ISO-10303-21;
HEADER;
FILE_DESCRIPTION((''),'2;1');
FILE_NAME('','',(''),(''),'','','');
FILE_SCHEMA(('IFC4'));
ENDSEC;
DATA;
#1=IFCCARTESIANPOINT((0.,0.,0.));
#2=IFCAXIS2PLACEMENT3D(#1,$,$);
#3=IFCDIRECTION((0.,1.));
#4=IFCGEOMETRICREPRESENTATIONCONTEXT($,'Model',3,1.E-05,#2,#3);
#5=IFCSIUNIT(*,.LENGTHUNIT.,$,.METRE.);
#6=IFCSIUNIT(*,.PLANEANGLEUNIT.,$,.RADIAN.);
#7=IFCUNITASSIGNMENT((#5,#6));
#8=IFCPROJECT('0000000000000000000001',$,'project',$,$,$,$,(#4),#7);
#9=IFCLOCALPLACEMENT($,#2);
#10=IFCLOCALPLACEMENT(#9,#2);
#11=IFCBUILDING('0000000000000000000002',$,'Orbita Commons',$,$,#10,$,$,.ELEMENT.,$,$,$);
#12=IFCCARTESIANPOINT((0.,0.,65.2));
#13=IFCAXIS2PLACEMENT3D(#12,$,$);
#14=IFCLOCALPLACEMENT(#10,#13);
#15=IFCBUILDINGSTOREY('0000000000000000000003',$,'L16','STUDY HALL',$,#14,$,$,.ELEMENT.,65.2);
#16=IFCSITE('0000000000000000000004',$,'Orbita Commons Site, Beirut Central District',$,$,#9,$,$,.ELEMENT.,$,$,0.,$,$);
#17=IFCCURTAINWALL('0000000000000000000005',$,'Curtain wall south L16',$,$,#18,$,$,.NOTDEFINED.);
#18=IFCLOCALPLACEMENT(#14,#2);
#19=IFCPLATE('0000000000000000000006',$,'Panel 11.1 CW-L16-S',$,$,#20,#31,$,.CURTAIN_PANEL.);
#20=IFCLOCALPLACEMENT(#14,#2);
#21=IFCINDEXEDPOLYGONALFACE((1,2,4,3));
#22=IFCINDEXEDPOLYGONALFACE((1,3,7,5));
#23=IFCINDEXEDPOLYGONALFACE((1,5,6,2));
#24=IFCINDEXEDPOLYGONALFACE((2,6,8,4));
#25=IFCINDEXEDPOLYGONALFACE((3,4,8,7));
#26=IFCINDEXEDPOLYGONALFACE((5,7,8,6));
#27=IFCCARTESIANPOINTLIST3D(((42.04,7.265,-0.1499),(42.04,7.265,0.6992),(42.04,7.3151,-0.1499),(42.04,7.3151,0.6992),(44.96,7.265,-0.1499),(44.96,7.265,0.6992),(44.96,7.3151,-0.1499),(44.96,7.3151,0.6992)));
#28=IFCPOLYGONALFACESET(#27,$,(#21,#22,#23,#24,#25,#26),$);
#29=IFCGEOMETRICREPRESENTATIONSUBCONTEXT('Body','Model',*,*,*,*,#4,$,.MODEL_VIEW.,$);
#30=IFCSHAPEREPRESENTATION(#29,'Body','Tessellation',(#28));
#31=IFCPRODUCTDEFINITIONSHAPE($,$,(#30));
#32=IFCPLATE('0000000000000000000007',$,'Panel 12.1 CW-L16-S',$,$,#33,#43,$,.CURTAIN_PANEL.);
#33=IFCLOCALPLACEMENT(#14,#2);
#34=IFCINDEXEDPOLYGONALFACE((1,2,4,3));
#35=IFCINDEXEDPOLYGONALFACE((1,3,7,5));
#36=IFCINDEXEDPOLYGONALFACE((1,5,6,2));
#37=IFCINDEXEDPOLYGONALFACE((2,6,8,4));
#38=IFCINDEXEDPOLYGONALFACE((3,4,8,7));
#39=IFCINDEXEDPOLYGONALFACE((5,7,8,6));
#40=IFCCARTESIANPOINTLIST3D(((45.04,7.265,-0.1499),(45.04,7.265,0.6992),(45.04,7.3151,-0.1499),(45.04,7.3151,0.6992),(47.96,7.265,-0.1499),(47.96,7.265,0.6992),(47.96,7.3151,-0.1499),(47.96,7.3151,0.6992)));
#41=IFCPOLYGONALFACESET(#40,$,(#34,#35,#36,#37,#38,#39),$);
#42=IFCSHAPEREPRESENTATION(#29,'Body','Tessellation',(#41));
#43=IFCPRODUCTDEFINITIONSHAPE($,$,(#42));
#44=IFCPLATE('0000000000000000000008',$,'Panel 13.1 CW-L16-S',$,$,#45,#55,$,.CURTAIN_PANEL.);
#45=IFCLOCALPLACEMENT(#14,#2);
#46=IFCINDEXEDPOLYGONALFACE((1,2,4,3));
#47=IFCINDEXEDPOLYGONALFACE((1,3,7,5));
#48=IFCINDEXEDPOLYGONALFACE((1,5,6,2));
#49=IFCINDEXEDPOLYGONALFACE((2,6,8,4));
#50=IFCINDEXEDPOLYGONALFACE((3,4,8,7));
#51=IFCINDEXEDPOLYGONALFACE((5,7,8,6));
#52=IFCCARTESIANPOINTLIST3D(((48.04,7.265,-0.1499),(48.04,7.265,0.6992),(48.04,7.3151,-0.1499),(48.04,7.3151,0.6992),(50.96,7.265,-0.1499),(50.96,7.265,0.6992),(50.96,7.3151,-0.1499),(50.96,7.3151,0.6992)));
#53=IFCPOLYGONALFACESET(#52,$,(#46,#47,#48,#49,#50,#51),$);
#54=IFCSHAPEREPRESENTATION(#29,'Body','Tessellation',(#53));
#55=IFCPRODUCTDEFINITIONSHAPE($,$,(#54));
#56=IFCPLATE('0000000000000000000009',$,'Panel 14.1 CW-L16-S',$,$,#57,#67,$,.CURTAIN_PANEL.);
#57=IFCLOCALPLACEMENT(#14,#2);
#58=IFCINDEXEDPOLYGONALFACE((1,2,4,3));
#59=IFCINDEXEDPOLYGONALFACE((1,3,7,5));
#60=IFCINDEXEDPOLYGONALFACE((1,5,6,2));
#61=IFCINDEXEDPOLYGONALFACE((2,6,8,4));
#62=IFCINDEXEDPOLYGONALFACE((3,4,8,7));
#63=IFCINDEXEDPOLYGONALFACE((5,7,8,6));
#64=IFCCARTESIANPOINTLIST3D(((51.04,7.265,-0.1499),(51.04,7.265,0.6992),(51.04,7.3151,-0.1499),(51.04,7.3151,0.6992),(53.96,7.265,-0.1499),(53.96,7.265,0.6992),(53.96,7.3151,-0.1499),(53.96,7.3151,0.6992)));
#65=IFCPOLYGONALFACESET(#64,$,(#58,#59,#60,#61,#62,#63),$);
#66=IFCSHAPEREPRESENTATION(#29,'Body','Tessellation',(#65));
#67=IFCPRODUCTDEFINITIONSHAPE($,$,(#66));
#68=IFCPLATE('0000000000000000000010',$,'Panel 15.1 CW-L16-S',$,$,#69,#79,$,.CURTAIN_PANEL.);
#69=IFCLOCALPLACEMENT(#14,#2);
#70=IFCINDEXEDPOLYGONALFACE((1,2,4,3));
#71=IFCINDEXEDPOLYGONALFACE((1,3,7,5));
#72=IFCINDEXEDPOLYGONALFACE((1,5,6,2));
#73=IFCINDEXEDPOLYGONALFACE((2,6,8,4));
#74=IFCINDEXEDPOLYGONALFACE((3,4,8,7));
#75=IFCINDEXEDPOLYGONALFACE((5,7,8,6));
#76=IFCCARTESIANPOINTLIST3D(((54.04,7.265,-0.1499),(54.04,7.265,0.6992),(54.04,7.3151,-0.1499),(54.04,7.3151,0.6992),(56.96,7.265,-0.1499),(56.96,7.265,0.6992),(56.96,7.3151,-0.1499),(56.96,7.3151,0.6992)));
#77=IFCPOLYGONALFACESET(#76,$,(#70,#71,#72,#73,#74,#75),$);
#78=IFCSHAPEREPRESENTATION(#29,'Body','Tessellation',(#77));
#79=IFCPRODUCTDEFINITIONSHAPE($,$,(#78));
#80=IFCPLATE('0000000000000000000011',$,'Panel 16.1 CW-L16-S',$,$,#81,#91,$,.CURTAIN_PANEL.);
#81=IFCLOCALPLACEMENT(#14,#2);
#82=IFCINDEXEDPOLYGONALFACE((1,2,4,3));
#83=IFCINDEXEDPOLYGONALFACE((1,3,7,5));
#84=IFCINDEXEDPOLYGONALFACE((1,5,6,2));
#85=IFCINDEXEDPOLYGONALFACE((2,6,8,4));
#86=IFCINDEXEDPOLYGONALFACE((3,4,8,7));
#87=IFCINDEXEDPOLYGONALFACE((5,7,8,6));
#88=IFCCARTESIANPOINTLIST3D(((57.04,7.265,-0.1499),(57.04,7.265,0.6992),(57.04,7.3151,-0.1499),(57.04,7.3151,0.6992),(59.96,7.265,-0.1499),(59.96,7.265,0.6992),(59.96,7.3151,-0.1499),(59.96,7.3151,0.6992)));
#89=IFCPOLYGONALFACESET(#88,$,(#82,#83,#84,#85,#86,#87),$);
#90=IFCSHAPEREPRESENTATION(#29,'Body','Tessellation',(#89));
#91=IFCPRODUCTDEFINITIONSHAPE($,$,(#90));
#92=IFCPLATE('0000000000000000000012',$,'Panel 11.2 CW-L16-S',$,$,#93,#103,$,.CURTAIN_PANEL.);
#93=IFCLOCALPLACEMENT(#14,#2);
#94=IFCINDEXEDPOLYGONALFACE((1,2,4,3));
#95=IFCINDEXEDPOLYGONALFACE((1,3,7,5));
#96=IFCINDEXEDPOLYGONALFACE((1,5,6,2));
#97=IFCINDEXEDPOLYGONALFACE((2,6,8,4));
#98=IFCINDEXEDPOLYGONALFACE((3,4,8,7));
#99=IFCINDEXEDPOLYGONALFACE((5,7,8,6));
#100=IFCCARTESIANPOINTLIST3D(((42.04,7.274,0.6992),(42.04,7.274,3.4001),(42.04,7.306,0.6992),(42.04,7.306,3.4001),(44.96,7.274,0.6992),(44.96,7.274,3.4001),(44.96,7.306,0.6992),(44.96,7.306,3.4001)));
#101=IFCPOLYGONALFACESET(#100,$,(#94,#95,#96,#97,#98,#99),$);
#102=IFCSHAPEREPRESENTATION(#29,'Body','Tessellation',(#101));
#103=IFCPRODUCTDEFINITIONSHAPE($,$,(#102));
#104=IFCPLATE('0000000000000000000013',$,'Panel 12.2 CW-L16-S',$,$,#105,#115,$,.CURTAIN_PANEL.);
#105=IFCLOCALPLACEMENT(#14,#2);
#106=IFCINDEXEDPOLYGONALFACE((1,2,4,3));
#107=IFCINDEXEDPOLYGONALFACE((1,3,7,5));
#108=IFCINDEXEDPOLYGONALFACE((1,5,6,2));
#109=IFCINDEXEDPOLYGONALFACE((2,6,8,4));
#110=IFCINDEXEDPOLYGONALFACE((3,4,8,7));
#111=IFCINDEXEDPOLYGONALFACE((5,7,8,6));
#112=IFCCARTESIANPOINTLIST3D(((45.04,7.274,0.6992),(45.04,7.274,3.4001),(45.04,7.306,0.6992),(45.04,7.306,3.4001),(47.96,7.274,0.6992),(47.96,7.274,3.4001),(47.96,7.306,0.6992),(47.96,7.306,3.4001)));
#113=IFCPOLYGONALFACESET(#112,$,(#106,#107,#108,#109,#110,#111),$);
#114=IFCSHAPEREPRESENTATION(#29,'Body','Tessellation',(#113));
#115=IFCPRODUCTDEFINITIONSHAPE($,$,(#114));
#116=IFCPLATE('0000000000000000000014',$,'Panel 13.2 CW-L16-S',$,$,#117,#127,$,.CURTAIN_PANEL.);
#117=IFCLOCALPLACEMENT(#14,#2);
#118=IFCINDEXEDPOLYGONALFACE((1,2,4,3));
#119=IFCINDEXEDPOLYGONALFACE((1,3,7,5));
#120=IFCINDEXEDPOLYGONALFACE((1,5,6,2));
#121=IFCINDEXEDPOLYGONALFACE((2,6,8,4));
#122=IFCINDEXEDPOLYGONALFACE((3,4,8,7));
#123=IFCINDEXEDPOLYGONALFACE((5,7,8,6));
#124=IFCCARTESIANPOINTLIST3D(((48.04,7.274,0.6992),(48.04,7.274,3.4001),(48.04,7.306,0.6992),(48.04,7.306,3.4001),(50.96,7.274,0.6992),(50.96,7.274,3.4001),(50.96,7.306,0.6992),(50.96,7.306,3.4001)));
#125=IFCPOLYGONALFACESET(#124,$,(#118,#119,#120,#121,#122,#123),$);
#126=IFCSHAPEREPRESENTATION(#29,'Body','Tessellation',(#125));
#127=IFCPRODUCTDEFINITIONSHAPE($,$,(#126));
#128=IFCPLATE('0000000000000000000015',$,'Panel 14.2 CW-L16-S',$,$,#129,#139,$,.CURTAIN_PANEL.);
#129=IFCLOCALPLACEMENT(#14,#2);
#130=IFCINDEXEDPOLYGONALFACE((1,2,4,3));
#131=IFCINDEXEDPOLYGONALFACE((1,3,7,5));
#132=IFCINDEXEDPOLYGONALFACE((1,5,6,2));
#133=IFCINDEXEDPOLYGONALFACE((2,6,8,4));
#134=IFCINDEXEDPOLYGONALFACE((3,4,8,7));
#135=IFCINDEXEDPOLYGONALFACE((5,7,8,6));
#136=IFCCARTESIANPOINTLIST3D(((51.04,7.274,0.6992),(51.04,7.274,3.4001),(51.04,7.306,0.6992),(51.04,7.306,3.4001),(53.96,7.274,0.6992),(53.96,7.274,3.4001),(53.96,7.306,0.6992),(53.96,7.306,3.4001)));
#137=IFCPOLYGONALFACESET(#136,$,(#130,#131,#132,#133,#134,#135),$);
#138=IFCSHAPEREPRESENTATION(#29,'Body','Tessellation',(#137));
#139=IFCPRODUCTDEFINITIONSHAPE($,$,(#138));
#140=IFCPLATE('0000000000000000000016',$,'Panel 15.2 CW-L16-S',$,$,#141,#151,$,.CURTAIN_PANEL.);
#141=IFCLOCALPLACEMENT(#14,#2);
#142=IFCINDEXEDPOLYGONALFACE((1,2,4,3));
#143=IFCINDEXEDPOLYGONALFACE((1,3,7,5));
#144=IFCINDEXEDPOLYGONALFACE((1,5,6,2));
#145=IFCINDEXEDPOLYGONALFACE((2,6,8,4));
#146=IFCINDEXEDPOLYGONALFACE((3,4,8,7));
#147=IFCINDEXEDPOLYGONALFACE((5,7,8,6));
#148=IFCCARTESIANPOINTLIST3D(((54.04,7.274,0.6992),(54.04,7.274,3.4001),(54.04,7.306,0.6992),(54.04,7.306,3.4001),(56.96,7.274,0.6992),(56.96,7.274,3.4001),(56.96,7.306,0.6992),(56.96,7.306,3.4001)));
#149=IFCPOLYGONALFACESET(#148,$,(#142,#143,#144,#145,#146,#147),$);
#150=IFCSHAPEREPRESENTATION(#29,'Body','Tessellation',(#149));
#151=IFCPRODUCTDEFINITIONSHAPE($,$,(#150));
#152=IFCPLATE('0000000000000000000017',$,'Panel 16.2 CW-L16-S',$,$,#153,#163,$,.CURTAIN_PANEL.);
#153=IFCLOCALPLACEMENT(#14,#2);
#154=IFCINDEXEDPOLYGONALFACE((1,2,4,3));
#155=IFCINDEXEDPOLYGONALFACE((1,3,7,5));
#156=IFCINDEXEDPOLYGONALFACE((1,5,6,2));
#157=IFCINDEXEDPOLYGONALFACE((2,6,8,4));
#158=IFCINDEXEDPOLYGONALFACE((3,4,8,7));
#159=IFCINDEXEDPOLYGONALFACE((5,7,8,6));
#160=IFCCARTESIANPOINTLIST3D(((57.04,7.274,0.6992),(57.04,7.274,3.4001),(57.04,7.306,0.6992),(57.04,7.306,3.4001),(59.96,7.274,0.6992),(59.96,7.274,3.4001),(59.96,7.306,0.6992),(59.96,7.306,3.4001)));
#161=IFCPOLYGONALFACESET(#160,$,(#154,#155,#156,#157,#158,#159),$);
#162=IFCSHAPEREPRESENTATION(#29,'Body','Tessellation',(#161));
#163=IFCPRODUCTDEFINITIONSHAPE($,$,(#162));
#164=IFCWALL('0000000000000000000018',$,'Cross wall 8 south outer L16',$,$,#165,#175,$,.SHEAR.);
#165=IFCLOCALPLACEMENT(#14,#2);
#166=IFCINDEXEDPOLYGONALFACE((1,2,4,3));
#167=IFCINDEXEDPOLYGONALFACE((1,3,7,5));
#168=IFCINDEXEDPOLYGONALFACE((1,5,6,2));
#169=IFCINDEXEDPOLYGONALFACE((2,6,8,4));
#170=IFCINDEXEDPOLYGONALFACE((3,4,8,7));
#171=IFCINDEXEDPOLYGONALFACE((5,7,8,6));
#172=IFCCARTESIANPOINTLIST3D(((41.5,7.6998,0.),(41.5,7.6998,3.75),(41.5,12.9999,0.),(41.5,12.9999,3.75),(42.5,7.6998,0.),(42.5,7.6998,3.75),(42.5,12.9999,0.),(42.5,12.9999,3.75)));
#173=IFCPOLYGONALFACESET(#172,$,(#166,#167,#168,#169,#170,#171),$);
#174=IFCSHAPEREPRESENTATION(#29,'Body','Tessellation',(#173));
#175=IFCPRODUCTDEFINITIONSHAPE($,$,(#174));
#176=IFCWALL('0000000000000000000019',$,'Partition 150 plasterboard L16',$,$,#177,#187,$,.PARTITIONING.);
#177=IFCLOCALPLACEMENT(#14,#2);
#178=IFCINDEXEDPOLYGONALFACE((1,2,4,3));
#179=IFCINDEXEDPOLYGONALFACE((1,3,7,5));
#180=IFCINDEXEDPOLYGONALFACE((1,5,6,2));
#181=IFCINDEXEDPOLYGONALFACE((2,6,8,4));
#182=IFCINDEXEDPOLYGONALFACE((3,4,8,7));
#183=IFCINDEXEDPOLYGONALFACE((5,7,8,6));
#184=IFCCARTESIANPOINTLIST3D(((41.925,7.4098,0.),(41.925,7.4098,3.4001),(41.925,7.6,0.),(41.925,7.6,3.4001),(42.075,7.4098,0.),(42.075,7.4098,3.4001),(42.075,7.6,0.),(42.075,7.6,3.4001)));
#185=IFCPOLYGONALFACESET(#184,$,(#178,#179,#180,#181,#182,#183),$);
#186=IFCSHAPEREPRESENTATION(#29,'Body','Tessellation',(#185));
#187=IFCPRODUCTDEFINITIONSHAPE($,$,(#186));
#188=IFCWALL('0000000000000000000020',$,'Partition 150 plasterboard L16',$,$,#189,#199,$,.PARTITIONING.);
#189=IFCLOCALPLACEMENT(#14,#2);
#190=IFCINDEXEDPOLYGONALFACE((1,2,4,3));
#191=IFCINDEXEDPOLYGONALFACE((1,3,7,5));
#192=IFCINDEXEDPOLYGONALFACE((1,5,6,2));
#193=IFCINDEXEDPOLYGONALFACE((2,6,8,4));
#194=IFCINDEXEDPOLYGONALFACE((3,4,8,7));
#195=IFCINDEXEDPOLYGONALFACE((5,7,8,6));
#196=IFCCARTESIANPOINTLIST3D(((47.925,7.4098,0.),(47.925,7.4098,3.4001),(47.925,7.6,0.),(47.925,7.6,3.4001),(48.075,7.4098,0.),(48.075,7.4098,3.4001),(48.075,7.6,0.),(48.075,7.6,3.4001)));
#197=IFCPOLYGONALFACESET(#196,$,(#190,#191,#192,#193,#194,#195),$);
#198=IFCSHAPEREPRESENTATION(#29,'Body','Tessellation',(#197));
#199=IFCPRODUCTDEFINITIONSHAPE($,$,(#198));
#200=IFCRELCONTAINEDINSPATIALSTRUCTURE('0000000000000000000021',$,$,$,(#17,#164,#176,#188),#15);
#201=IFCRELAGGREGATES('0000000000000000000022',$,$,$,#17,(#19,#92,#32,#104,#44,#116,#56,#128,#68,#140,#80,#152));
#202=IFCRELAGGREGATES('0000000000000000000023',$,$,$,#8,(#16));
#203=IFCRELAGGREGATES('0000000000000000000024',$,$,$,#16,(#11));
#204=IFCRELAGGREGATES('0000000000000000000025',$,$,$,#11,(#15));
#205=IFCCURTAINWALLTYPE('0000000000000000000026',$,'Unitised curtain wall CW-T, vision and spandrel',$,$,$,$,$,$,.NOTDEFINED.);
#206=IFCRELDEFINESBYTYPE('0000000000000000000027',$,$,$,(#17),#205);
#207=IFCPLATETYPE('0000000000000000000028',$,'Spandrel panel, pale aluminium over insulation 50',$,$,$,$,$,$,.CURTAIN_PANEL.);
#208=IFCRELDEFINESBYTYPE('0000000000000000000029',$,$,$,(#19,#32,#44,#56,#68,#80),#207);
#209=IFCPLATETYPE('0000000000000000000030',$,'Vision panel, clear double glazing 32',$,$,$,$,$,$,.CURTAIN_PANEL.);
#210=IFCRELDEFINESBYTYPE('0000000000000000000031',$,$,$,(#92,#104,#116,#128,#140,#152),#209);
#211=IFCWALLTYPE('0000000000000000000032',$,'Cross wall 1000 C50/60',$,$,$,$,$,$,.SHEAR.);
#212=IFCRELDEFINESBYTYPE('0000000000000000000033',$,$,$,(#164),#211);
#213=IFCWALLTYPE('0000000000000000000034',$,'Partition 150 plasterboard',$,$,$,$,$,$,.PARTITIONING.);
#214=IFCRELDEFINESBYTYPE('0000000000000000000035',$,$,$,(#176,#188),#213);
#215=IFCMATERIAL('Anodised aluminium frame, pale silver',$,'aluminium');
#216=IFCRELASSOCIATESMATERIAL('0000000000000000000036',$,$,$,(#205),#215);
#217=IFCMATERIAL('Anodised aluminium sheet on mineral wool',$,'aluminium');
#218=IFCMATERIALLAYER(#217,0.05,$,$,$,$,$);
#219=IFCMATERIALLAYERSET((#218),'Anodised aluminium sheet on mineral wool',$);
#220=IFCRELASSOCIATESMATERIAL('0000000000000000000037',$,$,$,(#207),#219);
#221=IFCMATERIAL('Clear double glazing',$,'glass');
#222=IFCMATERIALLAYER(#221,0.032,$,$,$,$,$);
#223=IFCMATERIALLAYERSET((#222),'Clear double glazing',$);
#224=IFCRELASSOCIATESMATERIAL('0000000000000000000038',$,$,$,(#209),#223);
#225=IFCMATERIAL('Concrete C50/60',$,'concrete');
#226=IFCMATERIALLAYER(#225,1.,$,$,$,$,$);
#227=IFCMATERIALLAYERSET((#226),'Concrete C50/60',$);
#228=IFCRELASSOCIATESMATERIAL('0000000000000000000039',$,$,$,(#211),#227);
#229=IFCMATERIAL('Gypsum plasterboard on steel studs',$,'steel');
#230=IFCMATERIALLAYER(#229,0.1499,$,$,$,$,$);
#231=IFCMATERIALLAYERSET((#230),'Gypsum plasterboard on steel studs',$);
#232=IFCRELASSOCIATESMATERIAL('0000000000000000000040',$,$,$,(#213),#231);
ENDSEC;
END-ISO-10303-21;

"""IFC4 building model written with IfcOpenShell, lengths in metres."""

from ifc_helpers import new_model, si_unit, direction, frame, frame_2d, origin, origin_2d, place, context, subcontext, project, spatial, rectangle, extrude, material, layer, layer_set, type_object, element, aggregate, save


model = new_model("IFC4")

# Units and contexts
model_context = context("Model", 3, precision=1e-05, world=origin(), true_north=direction((0.0, 1.0)))
body_context = subcontext(model_context, "Body", "Model", "MODEL_VIEW")
ifc_project = project(units=[si_unit("LENGTHUNIT", "METRE"), si_unit("PLANEANGLEUNIT", "RADIAN")], contexts=[model_context])

# Site, building, storey
site_placement = place(None, origin())
site = spatial("IfcSite", under=ifc_project, at=site_placement, Name="Orbita Commons Site, Beirut Central District", CompositionType="ELEMENT", RefElevation=0.0)
building_placement = place(site_placement, origin())
building = spatial("IfcBuilding", under=site, at=building_placement, Name="Orbita Commons", CompositionType="ELEMENT")
storey_placement = place(building_placement, frame((0.0, 0.0, 65.2)))
storey = spatial("IfcBuildingStorey", under=building, at=storey_placement, Name="L16", Description="STUDY HALL", CompositionType="ELEMENT", Elevation=65.2)

# Curtain wall, plates
ifc_material_1 = material(Name="Anodised aluminium frame, pale silver", Category="aluminium")
curtain_wall_type = type_object("IfcCurtainWallType", Name="Unitised curtain wall CW-T, vision and spandrel", PredefinedType="NOTDEFINED", material=ifc_material_1)
curtain_wall_placement = place(storey_placement, origin())
curtain_wall = element("IfcCurtainWall", 1, at=curtain_wall_placement, inside=storey, type_object=curtain_wall_type, Name="Curtain wall south L16", PredefinedType="NOTDEFINED")
ifc_material_2 = material(Name="Anodised aluminium sheet on mineral wool", Category="aluminium")
ifc_layer_1 = layer(ifc_material_2, 0.05)
ifc_layer_set_1 = layer_set([ifc_layer_1], Name="Anodised aluminium sheet on mineral wool")
plate_type_1 = type_object("IfcPlateType", Name="Spandrel panel, pale aluminium over insulation 50", PredefinedType="CURTAIN_PANEL", material=ifc_layer_set_1)
plate_1_placement = place(storey_placement, frame((43.5, 7.29, -0.1499), z_axis=(0.0, 0.0, 1.0), x_axis=(1.0, 0.0, 0.0)))
plate_1 = element("IfcPlate", 2, at=plate_1_placement, type_object=plate_type_1, Name="Panel 11.1 CW-L16-S", PredefinedType="CURTAIN_PANEL", context=body_context, shape_type="SweptSolid", body=[
    extrude(rectangle(XDim=2.9199, YDim=0.05, at=origin_2d()), origin(), (0.0, 0.0, 1.0), 0.8491),
])
plate_2_placement = place(storey_placement, frame((46.5, 7.29, -0.1499), z_axis=(0.0, 0.0, 1.0), x_axis=(1.0, 0.0, 0.0)))
plate_2 = element("IfcPlate", 3, at=plate_2_placement, type_object=plate_type_1, Name="Panel 12.1 CW-L16-S", PredefinedType="CURTAIN_PANEL", context=body_context, shape_type="SweptSolid", body=[
    extrude(rectangle(XDim=2.9199, YDim=0.05, at=origin_2d()), origin(), (0.0, 0.0, 1.0), 0.8491),
])
plate_3_placement = place(storey_placement, frame((49.5, 7.29, -0.1499), z_axis=(0.0, 0.0, 1.0), x_axis=(1.0, 0.0, 0.0)))
plate_3 = element("IfcPlate", 4, at=plate_3_placement, type_object=plate_type_1, Name="Panel 13.1 CW-L16-S", PredefinedType="CURTAIN_PANEL", context=body_context, shape_type="SweptSolid", body=[
    extrude(rectangle(XDim=2.9199, YDim=0.05, at=origin_2d()), origin(), (0.0, 0.0, 1.0), 0.8491),
])
plate_4_placement = place(storey_placement, frame((52.5, 7.29, -0.1499), z_axis=(0.0, 0.0, 1.0), x_axis=(1.0, 0.0, 0.0)))
plate_4 = element("IfcPlate", 5, at=plate_4_placement, type_object=plate_type_1, Name="Panel 14.1 CW-L16-S", PredefinedType="CURTAIN_PANEL", context=body_context, shape_type="SweptSolid", body=[
    extrude(rectangle(XDim=2.9199, YDim=0.05, at=origin_2d()), origin(), (0.0, 0.0, 1.0), 0.8491),
])
plate_5_placement = place(storey_placement, frame((55.5, 7.29, -0.1499), z_axis=(0.0, 0.0, 1.0), x_axis=(1.0, 0.0, 0.0)))
plate_5 = element("IfcPlate", 6, at=plate_5_placement, type_object=plate_type_1, Name="Panel 15.1 CW-L16-S", PredefinedType="CURTAIN_PANEL", context=body_context, shape_type="SweptSolid", body=[
    extrude(rectangle(XDim=2.9199, YDim=0.05, at=origin_2d()), origin(), (0.0, 0.0, 1.0), 0.8491),
])
plate_6_placement = place(storey_placement, frame((58.5, 7.29, -0.1499), z_axis=(0.0, 0.0, 1.0), x_axis=(1.0, 0.0, 0.0)))
plate_6 = element("IfcPlate", 7, at=plate_6_placement, type_object=plate_type_1, Name="Panel 16.1 CW-L16-S", PredefinedType="CURTAIN_PANEL", context=body_context, shape_type="SweptSolid", body=[
    extrude(rectangle(XDim=2.9199, YDim=0.05, at=origin_2d()), origin(), (0.0, 0.0, 1.0), 0.8491),
])
ifc_material_3 = material(Name="Clear double glazing", Category="glass")
ifc_layer_2 = layer(ifc_material_3, 0.032)
ifc_layer_set_2 = layer_set([ifc_layer_2], Name="Clear double glazing")
plate_type_2 = type_object("IfcPlateType", Name="Vision panel, clear double glazing 32", PredefinedType="CURTAIN_PANEL", material=ifc_layer_set_2)
plate_7_placement = place(storey_placement, frame((43.5, 7.29, 0.6992), z_axis=(0.0, 0.0, 1.0), x_axis=(1.0, 0.0, 0.0)))
plate_7 = element("IfcPlate", 8, at=plate_7_placement, type_object=plate_type_2, Name="Panel 11.2 CW-L16-S", PredefinedType="CURTAIN_PANEL", context=body_context, shape_type="SweptSolid", body=[
    extrude(rectangle(XDim=2.9199, YDim=0.032, at=origin_2d()), origin(), (0.0, 0.0, 1.0), 2.7009),
])
plate_8_placement = place(storey_placement, frame((46.5, 7.29, 0.6992), z_axis=(0.0, 0.0, 1.0), x_axis=(1.0, 0.0, 0.0)))
plate_8 = element("IfcPlate", 9, at=plate_8_placement, type_object=plate_type_2, Name="Panel 12.2 CW-L16-S", PredefinedType="CURTAIN_PANEL", context=body_context, shape_type="SweptSolid", body=[
    extrude(rectangle(XDim=2.9199, YDim=0.032, at=origin_2d()), origin(), (0.0, 0.0, 1.0), 2.7009),
])
plate_9_placement = place(storey_placement, frame((49.5, 7.29, 0.6992), z_axis=(0.0, 0.0, 1.0), x_axis=(1.0, 0.0, 0.0)))
plate_9 = element("IfcPlate", 10, at=plate_9_placement, type_object=plate_type_2, Name="Panel 13.2 CW-L16-S", PredefinedType="CURTAIN_PANEL", context=body_context, shape_type="SweptSolid", body=[
    extrude(rectangle(XDim=2.9199, YDim=0.032, at=origin_2d()), origin(), (0.0, 0.0, 1.0), 2.7009),
])
plate_10_placement = place(storey_placement, frame((52.5, 7.29, 0.6992), z_axis=(0.0, 0.0, 1.0), x_axis=(1.0, 0.0, 0.0)))
plate_10 = element("IfcPlate", 11, at=plate_10_placement, type_object=plate_type_2, Name="Panel 14.2 CW-L16-S", PredefinedType="CURTAIN_PANEL", context=body_context, shape_type="SweptSolid", body=[
    extrude(rectangle(XDim=2.9199, YDim=0.032, at=origin_2d()), origin(), (0.0, 0.0, 1.0), 2.7009),
])
plate_11_placement = place(storey_placement, frame((55.5, 7.29, 0.6992), z_axis=(0.0, 0.0, 1.0), x_axis=(1.0, 0.0, 0.0)))
plate_11 = element("IfcPlate", 12, at=plate_11_placement, type_object=plate_type_2, Name="Panel 15.2 CW-L16-S", PredefinedType="CURTAIN_PANEL", context=body_context, shape_type="SweptSolid", body=[
    extrude(rectangle(XDim=2.9199, YDim=0.032, at=origin_2d()), origin(), (0.0, 0.0, 1.0), 2.7009),
])
plate_12_placement = place(storey_placement, frame((58.5, 7.29, 0.6992), z_axis=(0.0, 0.0, 1.0), x_axis=(1.0, 0.0, 0.0)))
plate_12 = element("IfcPlate", 13, at=plate_12_placement, type_object=plate_type_2, Name="Panel 16.2 CW-L16-S", PredefinedType="CURTAIN_PANEL", context=body_context, shape_type="SweptSolid", body=[
    extrude(rectangle(XDim=2.9199, YDim=0.032, at=origin_2d()), origin(), (0.0, 0.0, 1.0), 2.7009),
])
aggregate(curtain_wall, [plate_1, plate_7, plate_2, plate_8, plate_3, plate_9, plate_4, plate_10, plate_5, plate_11, plate_6, plate_12])

# Walls
ifc_material_4 = material(Name="Concrete C50/60", Category="concrete")
ifc_layer_3 = layer(ifc_material_4, 1.0)
ifc_layer_set_3 = layer_set([ifc_layer_3], Name="Concrete C50/60")
wall_type_1 = type_object("IfcWallType", Name="Cross wall 1000 C50/60", PredefinedType="SHEAR", material=ifc_layer_set_3)
wall_1_placement = place(storey_placement, frame((42.0, 7.7, 0.0), z_axis=(0.0, 0.0, 1.0), x_axis=(0.0, 1.0, 0.0)))
element("IfcWall", 14, at=wall_1_placement, inside=storey, type_object=wall_type_1, Name="Cross wall 8 south outer L16", PredefinedType="SHEAR", context=body_context, shape_type="SweptSolid", body=[
    extrude(rectangle(XDim=5.3, YDim=1.0, at=frame_2d((2.6499, 0.0))), origin(), (0.0, 0.0, 1.0), 3.75),
])
ifc_material_5 = material(Name="Gypsum plasterboard on steel studs", Category="steel")
ifc_layer_4 = layer(ifc_material_5, 0.1499)
ifc_layer_set_4 = layer_set([ifc_layer_4], Name="Gypsum plasterboard on steel studs")
wall_type_2 = type_object("IfcWallType", Name="Partition 150 plasterboard", PredefinedType="PARTITIONING", material=ifc_layer_set_4)
for number, where, z_axis, x_axis, name in (
    (15, (42.0, 7.6001, 0.0), (0.0, 0.0, 1.0), (0.0, -1.0, 0.0), "Partition 150 plasterboard L16"),
    (16, (48.0, 7.6001, 0.0), (0.0, 0.0, 1.0), (0.0, -1.0, 0.0), "Partition 150 plasterboard L16"),
):
    element("IfcWall", number, at=place(storey_placement, frame(where, z_axis=z_axis, x_axis=x_axis)), inside=storey, type_object=wall_type_2, Name=name, PredefinedType="PARTITIONING", context=body_context, shape_type="SweptSolid", body=[
        extrude(rectangle(XDim=0.1902, YDim=0.1499, at=frame_2d((0.0952, 0.0))), origin(), (0.0, 0.0, 1.0), 3.4001),
    ])

save(model, "model.ifc")
